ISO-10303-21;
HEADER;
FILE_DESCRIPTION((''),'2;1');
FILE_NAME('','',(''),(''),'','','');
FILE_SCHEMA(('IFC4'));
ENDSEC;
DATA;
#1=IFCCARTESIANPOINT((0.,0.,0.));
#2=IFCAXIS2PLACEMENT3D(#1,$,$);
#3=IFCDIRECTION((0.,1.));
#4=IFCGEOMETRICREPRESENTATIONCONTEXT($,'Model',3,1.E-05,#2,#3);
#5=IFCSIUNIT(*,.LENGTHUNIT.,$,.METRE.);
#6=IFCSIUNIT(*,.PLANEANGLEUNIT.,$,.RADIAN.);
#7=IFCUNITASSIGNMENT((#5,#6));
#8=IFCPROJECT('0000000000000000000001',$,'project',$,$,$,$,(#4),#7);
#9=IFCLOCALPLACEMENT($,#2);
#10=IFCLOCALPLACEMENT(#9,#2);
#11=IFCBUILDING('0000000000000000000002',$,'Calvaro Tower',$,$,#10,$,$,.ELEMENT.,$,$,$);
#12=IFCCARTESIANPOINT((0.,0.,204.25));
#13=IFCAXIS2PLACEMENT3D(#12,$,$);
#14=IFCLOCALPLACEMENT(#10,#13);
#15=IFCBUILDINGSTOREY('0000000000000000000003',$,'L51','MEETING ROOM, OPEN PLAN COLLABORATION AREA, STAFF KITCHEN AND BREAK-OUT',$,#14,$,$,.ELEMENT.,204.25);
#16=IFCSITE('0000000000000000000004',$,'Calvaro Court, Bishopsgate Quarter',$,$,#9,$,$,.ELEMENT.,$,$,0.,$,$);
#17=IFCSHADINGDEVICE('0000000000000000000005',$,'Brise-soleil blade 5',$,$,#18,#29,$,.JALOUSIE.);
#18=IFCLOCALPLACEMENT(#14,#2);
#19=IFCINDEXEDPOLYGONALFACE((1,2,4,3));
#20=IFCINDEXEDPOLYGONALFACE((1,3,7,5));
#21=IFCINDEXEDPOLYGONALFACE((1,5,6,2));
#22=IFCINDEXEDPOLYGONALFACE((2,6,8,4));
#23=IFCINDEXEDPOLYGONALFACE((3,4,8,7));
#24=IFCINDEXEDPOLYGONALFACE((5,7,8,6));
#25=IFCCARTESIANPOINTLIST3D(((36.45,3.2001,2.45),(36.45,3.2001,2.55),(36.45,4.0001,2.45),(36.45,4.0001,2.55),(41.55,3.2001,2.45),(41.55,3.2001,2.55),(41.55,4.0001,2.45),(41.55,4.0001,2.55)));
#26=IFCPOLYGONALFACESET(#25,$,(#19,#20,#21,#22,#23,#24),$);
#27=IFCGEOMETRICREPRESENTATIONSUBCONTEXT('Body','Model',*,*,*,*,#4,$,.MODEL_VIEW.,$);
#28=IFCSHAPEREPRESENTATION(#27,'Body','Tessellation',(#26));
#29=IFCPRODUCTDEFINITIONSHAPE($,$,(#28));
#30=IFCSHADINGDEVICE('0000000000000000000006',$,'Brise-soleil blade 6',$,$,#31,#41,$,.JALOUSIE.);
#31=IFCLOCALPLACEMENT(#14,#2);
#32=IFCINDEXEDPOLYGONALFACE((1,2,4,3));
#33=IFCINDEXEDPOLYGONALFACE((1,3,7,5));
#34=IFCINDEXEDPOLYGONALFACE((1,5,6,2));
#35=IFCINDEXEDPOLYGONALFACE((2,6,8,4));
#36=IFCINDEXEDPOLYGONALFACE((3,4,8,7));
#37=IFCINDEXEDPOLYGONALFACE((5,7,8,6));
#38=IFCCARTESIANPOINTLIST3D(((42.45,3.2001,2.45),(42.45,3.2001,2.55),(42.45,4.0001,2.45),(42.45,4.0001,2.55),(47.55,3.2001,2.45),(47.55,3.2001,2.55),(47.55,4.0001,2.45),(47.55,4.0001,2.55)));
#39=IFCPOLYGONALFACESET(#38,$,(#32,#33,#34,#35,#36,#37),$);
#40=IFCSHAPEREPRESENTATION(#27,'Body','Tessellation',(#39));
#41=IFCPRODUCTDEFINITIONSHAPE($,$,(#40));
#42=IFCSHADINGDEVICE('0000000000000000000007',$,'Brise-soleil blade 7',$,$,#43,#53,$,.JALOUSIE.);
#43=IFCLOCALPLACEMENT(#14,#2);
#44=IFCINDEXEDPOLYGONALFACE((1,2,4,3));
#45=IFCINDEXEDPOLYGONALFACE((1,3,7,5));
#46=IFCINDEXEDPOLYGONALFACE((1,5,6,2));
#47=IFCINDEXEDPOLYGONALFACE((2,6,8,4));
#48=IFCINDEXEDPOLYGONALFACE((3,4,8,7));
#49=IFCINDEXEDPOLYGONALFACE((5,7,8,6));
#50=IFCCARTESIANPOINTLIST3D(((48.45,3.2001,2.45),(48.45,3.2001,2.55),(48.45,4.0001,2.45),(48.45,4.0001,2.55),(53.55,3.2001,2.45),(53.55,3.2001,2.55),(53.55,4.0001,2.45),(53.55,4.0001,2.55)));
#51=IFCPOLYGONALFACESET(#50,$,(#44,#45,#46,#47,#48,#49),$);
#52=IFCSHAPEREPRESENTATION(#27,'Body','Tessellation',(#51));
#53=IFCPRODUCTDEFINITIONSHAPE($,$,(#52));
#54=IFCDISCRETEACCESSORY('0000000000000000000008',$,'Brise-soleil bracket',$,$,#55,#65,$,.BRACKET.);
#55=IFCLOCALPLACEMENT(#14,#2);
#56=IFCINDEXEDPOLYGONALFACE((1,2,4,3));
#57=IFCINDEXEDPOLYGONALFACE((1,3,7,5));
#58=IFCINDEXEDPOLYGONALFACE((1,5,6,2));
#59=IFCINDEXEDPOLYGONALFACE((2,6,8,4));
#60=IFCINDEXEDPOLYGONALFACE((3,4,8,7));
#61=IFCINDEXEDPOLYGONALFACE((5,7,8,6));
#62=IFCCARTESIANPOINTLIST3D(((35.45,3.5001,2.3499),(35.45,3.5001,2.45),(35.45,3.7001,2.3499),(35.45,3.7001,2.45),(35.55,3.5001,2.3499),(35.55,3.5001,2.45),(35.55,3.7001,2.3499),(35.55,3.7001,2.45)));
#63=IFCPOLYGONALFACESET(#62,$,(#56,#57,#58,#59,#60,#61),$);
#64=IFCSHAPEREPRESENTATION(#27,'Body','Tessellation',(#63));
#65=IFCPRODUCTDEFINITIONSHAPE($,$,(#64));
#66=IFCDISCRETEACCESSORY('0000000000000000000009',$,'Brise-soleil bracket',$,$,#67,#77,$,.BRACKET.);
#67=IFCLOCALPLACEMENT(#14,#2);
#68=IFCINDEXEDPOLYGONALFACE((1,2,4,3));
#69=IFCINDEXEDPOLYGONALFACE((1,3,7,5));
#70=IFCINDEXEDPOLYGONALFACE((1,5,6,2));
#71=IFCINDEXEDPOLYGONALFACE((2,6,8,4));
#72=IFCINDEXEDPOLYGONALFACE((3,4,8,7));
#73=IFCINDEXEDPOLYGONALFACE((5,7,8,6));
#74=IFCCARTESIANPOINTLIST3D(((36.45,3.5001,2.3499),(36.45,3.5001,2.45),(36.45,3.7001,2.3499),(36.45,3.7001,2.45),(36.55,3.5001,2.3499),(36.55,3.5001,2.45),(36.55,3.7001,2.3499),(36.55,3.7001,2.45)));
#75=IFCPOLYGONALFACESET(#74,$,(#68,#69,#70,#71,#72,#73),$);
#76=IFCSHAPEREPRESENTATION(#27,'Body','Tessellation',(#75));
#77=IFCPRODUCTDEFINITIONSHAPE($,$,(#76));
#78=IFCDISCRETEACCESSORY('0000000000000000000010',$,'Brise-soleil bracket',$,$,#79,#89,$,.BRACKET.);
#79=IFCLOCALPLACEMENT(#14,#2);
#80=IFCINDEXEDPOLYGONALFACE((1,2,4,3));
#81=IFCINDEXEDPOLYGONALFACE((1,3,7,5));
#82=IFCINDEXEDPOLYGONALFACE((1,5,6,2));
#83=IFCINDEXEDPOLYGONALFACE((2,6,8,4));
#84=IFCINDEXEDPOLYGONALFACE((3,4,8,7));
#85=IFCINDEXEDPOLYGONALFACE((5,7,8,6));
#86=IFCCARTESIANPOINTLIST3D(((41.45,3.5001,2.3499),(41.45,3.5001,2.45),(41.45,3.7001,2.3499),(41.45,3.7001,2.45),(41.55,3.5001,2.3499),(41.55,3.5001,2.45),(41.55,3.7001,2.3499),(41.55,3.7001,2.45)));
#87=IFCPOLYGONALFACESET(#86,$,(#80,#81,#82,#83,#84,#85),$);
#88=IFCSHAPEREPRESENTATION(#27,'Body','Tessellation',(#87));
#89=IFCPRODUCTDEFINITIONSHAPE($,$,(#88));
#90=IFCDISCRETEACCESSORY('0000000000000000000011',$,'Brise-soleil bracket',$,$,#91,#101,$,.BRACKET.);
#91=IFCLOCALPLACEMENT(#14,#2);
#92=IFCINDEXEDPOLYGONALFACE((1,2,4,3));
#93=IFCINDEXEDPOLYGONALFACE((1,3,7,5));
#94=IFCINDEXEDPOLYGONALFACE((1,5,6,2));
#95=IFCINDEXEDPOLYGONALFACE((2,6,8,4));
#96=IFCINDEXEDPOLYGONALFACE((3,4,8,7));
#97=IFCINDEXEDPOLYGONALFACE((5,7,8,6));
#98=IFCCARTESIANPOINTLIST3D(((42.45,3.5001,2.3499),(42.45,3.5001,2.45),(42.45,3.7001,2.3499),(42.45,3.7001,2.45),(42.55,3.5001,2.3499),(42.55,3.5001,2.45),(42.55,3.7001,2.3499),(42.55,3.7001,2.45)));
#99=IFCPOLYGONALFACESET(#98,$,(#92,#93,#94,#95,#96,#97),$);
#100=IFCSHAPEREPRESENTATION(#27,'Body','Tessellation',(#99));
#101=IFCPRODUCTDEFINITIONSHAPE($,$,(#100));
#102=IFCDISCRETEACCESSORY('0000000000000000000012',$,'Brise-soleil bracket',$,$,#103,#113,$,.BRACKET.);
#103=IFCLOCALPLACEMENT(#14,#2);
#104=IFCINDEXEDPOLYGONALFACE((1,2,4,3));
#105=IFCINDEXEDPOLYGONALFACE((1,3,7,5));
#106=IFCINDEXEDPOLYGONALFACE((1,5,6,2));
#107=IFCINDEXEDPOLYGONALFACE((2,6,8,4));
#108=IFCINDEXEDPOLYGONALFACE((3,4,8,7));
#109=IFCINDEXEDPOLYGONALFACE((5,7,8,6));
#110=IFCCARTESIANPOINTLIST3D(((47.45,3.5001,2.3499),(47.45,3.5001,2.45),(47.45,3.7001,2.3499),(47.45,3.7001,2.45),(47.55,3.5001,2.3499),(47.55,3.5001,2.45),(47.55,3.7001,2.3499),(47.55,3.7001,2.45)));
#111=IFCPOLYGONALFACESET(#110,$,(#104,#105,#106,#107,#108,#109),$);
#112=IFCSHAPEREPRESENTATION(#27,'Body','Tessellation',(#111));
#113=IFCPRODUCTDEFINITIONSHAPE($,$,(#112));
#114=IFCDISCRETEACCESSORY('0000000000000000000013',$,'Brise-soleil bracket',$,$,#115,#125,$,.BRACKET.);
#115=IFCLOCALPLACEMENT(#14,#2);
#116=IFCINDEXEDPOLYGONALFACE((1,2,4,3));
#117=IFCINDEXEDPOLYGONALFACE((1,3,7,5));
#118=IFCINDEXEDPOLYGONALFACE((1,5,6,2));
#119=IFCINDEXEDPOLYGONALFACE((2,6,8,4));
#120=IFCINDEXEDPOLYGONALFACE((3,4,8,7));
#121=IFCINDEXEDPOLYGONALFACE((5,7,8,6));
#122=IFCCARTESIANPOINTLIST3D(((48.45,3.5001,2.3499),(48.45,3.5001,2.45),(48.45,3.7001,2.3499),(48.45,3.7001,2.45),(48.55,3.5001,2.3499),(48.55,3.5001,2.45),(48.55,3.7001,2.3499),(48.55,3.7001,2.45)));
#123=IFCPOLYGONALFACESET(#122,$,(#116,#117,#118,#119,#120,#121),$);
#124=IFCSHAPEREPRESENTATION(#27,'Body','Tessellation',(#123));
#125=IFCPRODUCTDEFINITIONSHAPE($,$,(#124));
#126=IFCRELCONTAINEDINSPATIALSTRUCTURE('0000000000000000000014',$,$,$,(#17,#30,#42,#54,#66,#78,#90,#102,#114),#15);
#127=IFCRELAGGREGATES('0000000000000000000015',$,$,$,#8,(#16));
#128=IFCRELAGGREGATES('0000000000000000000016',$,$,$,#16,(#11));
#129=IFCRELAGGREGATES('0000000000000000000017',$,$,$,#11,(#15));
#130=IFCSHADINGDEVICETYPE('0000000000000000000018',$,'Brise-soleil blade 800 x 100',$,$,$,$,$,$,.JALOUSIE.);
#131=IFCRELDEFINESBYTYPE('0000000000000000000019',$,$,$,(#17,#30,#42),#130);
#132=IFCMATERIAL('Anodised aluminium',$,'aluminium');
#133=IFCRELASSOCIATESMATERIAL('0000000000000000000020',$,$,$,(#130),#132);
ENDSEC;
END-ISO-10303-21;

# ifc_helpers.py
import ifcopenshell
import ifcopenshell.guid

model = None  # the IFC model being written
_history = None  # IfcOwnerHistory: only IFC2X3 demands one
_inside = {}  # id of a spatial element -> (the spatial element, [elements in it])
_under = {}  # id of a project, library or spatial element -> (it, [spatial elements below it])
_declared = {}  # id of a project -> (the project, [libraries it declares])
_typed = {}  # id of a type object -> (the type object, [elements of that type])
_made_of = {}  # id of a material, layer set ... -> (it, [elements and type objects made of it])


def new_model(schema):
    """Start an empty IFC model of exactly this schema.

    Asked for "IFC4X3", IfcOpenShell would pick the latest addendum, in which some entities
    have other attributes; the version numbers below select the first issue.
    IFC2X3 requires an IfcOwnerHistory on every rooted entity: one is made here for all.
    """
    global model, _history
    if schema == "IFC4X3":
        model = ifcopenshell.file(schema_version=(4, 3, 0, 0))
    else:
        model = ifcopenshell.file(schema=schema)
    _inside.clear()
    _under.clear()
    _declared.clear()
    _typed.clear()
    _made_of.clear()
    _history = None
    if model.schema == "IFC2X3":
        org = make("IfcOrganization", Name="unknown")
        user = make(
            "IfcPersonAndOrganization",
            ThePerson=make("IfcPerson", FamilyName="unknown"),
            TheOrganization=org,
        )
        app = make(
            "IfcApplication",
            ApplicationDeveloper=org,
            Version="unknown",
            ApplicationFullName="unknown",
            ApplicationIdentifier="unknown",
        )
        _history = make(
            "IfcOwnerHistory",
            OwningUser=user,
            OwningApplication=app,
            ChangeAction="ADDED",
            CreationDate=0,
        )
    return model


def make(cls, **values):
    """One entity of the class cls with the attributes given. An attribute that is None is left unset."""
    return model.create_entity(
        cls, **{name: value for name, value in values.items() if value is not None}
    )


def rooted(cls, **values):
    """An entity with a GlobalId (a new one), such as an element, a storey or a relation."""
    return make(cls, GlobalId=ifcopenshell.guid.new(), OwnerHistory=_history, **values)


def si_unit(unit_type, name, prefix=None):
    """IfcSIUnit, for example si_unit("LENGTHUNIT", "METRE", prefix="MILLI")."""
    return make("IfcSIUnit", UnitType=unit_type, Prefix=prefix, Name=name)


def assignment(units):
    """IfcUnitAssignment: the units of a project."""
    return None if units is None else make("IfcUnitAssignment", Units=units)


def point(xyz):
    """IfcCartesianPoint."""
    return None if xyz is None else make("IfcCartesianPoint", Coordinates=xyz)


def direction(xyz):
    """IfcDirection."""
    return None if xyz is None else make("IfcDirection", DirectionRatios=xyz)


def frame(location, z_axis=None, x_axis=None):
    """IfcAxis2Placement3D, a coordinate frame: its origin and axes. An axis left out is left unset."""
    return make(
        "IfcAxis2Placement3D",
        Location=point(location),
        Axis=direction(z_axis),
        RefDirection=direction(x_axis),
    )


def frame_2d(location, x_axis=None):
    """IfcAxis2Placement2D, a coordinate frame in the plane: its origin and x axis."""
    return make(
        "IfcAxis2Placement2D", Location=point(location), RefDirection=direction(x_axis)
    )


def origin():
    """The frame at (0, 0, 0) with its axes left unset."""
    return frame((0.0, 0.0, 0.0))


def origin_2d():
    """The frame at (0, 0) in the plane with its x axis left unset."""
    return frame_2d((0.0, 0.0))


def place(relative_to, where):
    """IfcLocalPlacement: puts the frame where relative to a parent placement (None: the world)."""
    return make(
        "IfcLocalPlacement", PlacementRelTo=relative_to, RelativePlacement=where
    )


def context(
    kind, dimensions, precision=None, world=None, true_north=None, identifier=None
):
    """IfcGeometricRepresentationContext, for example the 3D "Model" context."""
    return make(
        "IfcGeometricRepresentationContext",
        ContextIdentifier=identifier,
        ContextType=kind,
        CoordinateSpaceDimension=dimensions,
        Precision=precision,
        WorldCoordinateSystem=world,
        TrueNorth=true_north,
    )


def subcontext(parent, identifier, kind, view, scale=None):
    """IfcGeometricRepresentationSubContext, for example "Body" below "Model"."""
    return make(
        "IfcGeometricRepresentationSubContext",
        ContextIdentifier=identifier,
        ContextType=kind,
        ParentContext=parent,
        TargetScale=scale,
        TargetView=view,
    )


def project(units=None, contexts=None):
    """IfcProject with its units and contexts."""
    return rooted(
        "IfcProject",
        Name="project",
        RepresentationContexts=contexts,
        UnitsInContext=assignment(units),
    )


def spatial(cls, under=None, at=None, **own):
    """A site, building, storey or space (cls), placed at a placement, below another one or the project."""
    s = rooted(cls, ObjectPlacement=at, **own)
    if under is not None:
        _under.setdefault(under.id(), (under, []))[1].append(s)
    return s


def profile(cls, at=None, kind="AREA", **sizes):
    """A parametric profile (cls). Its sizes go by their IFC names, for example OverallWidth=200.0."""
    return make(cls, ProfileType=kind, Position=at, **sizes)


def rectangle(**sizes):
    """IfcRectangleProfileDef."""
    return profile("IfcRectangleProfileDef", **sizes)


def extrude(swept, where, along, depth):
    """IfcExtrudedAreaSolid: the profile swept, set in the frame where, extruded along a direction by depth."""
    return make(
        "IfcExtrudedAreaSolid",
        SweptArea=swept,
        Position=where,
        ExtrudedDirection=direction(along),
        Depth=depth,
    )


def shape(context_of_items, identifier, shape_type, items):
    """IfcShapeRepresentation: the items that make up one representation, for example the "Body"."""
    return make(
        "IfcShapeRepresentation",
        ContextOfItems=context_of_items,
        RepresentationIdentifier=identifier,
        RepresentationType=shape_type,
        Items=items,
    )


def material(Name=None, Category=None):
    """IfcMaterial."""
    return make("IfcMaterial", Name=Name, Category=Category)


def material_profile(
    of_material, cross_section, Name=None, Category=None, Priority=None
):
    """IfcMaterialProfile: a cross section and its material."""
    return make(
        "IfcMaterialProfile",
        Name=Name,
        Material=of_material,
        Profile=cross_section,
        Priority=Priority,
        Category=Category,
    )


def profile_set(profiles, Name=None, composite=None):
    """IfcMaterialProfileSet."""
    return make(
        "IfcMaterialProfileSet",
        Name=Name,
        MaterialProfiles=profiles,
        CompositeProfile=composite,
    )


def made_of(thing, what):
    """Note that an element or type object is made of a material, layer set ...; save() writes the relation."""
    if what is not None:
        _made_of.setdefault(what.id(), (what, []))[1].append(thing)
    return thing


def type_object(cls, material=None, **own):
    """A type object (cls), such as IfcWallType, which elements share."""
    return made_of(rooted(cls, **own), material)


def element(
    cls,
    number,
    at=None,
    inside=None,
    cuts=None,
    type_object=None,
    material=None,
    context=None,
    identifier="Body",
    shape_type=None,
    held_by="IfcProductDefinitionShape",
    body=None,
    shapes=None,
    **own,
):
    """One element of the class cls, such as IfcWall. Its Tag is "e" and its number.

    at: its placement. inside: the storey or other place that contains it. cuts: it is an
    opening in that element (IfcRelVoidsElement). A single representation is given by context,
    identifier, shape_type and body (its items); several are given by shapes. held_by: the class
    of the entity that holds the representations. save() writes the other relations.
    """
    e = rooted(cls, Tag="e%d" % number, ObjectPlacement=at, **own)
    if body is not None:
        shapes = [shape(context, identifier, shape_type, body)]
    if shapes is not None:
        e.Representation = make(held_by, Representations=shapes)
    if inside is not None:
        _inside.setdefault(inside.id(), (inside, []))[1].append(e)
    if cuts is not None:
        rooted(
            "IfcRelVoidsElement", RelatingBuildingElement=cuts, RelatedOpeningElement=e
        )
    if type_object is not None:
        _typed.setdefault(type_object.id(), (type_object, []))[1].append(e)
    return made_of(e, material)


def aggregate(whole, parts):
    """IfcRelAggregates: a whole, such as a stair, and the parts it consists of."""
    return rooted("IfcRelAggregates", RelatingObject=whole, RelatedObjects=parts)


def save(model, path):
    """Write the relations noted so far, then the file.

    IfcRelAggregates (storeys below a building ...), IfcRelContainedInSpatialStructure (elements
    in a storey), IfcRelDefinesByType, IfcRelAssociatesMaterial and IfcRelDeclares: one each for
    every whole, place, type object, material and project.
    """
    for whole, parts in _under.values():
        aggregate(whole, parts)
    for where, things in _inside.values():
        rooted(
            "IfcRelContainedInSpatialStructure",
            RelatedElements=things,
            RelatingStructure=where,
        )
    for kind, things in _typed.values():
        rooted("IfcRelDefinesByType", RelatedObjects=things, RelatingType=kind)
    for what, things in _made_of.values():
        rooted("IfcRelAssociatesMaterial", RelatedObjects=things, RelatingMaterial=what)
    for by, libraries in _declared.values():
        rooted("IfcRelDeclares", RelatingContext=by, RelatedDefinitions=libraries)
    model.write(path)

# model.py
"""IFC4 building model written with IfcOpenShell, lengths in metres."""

from ifc_helpers import new_model, si_unit, direction, frame, origin, origin_2d, place, context, subcontext, project, spatial, rectangle, extrude, material, material_profile, profile_set, type_object, element, save


model = new_model("IFC4")

# Units and contexts
model_context = context("Model", 3, precision=1e-05, world=origin(), true_north=direction((0.0, 1.0)))
body_context = subcontext(model_context, "Body", "Model", "MODEL_VIEW")
ifc_project = project(units=[si_unit("LENGTHUNIT", "METRE"), si_unit("PLANEANGLEUNIT", "RADIAN")], contexts=[model_context])

# Site, building, storey
site_placement = place(None, origin())
site = spatial("IfcSite", under=ifc_project, at=site_placement, Name="Calvaro Court, Bishopsgate Quarter", CompositionType="ELEMENT", RefElevation=0.0)
building_placement = place(site_placement, origin())
building = spatial("IfcBuilding", under=site, at=building_placement, Name="Calvaro Tower", CompositionType="ELEMENT")
storey_placement = place(building_placement, frame((0.0, 0.0, 204.25)))
storey = spatial("IfcBuildingStorey", under=building, at=storey_placement, Name="L51", Description="MEETING ROOM, OPEN PLAN COLLABORATION AREA, STAFF KITCHEN AND BREAK-OUT", CompositionType="ELEMENT", Elevation=204.25)

# Shading devices
ifc_material_1 = material(Name="Anodised aluminium", Category="aluminium")
ifc_material_profile_1 = material_profile(ifc_material_1, rectangle(XDim=0.8, YDim=0.1001, at=origin_2d()), Name="Brise-soleil blade 800 x 100")
ifc_profile_set_1 = profile_set([ifc_material_profile_1], Name="Anodised aluminium")
shading_device_type = type_object("IfcShadingDeviceType", Name="Brise-soleil blade 800 x 100", PredefinedType="JALOUSIE", material=ifc_profile_set_1)
for number, where, z_axis, x_axis, name in (
    (1, (36.45, 3.6001, 2.5), (1.0, 0.0, 0.0), (0.0, 1.0, 0.0), "Brise-soleil blade 5"),
    (2, (42.45, 3.6001, 2.5), (1.0, 0.0, 0.0), (0.0, 1.0, 0.0), "Brise-soleil blade 6"),
    (3, (48.45, 3.6001, 2.5), (1.0, 0.0, 0.0), (0.0, 1.0, 0.0), "Brise-soleil blade 7"),
):
    element("IfcShadingDevice", number, at=place(storey_placement, frame(where, z_axis=z_axis, x_axis=x_axis)), inside=storey, type_object=shading_device_type, Name=name, PredefinedType="JALOUSIE", context=body_context, shape_type="SweptSolid", body=[
        extrude(rectangle(XDim=0.8, YDim=0.1001, at=origin_2d()), origin(), (0.0, 0.0, 1.0), 5.1001),
    ])

# Discrete accessories
for number, where, z_axis, x_axis, name in (
    (4, (35.5, 3.6001, 2.3499), (0.0, 0.0, 1.0), (1.0, 0.0, 0.0), "Brise-soleil bracket"),
    (5, (36.5, 3.6001, 2.3499), (0.0, 0.0, 1.0), (1.0, 0.0, 0.0), "Brise-soleil bracket"),
    (6, (41.5, 3.6001, 2.3499), (0.0, 0.0, 1.0), (1.0, 0.0, 0.0), "Brise-soleil bracket"),
    (7, (42.5, 3.6001, 2.3499), (0.0, 0.0, 1.0), (1.0, 0.0, 0.0), "Brise-soleil bracket"),
    (8, (47.5, 3.6001, 2.3499), (0.0, 0.0, 1.0), (1.0, 0.0, 0.0), "Brise-soleil bracket"),
    (9, (48.5, 3.6001, 2.3499), (0.0, 0.0, 1.0), (1.0, 0.0, 0.0), "Brise-soleil bracket"),
):
    element("IfcDiscreteAccessory", number, at=place(storey_placement, frame(where, z_axis=z_axis, x_axis=x_axis)), inside=storey, Name=name, PredefinedType="BRACKET", context=body_context, shape_type="SweptSolid", body=[
        extrude(rectangle(XDim=0.1001, YDim=0.2, at=origin_2d()), origin(), (0.0, 0.0, 1.0), 0.1001),
    ])

save(model, "model.ifc")
